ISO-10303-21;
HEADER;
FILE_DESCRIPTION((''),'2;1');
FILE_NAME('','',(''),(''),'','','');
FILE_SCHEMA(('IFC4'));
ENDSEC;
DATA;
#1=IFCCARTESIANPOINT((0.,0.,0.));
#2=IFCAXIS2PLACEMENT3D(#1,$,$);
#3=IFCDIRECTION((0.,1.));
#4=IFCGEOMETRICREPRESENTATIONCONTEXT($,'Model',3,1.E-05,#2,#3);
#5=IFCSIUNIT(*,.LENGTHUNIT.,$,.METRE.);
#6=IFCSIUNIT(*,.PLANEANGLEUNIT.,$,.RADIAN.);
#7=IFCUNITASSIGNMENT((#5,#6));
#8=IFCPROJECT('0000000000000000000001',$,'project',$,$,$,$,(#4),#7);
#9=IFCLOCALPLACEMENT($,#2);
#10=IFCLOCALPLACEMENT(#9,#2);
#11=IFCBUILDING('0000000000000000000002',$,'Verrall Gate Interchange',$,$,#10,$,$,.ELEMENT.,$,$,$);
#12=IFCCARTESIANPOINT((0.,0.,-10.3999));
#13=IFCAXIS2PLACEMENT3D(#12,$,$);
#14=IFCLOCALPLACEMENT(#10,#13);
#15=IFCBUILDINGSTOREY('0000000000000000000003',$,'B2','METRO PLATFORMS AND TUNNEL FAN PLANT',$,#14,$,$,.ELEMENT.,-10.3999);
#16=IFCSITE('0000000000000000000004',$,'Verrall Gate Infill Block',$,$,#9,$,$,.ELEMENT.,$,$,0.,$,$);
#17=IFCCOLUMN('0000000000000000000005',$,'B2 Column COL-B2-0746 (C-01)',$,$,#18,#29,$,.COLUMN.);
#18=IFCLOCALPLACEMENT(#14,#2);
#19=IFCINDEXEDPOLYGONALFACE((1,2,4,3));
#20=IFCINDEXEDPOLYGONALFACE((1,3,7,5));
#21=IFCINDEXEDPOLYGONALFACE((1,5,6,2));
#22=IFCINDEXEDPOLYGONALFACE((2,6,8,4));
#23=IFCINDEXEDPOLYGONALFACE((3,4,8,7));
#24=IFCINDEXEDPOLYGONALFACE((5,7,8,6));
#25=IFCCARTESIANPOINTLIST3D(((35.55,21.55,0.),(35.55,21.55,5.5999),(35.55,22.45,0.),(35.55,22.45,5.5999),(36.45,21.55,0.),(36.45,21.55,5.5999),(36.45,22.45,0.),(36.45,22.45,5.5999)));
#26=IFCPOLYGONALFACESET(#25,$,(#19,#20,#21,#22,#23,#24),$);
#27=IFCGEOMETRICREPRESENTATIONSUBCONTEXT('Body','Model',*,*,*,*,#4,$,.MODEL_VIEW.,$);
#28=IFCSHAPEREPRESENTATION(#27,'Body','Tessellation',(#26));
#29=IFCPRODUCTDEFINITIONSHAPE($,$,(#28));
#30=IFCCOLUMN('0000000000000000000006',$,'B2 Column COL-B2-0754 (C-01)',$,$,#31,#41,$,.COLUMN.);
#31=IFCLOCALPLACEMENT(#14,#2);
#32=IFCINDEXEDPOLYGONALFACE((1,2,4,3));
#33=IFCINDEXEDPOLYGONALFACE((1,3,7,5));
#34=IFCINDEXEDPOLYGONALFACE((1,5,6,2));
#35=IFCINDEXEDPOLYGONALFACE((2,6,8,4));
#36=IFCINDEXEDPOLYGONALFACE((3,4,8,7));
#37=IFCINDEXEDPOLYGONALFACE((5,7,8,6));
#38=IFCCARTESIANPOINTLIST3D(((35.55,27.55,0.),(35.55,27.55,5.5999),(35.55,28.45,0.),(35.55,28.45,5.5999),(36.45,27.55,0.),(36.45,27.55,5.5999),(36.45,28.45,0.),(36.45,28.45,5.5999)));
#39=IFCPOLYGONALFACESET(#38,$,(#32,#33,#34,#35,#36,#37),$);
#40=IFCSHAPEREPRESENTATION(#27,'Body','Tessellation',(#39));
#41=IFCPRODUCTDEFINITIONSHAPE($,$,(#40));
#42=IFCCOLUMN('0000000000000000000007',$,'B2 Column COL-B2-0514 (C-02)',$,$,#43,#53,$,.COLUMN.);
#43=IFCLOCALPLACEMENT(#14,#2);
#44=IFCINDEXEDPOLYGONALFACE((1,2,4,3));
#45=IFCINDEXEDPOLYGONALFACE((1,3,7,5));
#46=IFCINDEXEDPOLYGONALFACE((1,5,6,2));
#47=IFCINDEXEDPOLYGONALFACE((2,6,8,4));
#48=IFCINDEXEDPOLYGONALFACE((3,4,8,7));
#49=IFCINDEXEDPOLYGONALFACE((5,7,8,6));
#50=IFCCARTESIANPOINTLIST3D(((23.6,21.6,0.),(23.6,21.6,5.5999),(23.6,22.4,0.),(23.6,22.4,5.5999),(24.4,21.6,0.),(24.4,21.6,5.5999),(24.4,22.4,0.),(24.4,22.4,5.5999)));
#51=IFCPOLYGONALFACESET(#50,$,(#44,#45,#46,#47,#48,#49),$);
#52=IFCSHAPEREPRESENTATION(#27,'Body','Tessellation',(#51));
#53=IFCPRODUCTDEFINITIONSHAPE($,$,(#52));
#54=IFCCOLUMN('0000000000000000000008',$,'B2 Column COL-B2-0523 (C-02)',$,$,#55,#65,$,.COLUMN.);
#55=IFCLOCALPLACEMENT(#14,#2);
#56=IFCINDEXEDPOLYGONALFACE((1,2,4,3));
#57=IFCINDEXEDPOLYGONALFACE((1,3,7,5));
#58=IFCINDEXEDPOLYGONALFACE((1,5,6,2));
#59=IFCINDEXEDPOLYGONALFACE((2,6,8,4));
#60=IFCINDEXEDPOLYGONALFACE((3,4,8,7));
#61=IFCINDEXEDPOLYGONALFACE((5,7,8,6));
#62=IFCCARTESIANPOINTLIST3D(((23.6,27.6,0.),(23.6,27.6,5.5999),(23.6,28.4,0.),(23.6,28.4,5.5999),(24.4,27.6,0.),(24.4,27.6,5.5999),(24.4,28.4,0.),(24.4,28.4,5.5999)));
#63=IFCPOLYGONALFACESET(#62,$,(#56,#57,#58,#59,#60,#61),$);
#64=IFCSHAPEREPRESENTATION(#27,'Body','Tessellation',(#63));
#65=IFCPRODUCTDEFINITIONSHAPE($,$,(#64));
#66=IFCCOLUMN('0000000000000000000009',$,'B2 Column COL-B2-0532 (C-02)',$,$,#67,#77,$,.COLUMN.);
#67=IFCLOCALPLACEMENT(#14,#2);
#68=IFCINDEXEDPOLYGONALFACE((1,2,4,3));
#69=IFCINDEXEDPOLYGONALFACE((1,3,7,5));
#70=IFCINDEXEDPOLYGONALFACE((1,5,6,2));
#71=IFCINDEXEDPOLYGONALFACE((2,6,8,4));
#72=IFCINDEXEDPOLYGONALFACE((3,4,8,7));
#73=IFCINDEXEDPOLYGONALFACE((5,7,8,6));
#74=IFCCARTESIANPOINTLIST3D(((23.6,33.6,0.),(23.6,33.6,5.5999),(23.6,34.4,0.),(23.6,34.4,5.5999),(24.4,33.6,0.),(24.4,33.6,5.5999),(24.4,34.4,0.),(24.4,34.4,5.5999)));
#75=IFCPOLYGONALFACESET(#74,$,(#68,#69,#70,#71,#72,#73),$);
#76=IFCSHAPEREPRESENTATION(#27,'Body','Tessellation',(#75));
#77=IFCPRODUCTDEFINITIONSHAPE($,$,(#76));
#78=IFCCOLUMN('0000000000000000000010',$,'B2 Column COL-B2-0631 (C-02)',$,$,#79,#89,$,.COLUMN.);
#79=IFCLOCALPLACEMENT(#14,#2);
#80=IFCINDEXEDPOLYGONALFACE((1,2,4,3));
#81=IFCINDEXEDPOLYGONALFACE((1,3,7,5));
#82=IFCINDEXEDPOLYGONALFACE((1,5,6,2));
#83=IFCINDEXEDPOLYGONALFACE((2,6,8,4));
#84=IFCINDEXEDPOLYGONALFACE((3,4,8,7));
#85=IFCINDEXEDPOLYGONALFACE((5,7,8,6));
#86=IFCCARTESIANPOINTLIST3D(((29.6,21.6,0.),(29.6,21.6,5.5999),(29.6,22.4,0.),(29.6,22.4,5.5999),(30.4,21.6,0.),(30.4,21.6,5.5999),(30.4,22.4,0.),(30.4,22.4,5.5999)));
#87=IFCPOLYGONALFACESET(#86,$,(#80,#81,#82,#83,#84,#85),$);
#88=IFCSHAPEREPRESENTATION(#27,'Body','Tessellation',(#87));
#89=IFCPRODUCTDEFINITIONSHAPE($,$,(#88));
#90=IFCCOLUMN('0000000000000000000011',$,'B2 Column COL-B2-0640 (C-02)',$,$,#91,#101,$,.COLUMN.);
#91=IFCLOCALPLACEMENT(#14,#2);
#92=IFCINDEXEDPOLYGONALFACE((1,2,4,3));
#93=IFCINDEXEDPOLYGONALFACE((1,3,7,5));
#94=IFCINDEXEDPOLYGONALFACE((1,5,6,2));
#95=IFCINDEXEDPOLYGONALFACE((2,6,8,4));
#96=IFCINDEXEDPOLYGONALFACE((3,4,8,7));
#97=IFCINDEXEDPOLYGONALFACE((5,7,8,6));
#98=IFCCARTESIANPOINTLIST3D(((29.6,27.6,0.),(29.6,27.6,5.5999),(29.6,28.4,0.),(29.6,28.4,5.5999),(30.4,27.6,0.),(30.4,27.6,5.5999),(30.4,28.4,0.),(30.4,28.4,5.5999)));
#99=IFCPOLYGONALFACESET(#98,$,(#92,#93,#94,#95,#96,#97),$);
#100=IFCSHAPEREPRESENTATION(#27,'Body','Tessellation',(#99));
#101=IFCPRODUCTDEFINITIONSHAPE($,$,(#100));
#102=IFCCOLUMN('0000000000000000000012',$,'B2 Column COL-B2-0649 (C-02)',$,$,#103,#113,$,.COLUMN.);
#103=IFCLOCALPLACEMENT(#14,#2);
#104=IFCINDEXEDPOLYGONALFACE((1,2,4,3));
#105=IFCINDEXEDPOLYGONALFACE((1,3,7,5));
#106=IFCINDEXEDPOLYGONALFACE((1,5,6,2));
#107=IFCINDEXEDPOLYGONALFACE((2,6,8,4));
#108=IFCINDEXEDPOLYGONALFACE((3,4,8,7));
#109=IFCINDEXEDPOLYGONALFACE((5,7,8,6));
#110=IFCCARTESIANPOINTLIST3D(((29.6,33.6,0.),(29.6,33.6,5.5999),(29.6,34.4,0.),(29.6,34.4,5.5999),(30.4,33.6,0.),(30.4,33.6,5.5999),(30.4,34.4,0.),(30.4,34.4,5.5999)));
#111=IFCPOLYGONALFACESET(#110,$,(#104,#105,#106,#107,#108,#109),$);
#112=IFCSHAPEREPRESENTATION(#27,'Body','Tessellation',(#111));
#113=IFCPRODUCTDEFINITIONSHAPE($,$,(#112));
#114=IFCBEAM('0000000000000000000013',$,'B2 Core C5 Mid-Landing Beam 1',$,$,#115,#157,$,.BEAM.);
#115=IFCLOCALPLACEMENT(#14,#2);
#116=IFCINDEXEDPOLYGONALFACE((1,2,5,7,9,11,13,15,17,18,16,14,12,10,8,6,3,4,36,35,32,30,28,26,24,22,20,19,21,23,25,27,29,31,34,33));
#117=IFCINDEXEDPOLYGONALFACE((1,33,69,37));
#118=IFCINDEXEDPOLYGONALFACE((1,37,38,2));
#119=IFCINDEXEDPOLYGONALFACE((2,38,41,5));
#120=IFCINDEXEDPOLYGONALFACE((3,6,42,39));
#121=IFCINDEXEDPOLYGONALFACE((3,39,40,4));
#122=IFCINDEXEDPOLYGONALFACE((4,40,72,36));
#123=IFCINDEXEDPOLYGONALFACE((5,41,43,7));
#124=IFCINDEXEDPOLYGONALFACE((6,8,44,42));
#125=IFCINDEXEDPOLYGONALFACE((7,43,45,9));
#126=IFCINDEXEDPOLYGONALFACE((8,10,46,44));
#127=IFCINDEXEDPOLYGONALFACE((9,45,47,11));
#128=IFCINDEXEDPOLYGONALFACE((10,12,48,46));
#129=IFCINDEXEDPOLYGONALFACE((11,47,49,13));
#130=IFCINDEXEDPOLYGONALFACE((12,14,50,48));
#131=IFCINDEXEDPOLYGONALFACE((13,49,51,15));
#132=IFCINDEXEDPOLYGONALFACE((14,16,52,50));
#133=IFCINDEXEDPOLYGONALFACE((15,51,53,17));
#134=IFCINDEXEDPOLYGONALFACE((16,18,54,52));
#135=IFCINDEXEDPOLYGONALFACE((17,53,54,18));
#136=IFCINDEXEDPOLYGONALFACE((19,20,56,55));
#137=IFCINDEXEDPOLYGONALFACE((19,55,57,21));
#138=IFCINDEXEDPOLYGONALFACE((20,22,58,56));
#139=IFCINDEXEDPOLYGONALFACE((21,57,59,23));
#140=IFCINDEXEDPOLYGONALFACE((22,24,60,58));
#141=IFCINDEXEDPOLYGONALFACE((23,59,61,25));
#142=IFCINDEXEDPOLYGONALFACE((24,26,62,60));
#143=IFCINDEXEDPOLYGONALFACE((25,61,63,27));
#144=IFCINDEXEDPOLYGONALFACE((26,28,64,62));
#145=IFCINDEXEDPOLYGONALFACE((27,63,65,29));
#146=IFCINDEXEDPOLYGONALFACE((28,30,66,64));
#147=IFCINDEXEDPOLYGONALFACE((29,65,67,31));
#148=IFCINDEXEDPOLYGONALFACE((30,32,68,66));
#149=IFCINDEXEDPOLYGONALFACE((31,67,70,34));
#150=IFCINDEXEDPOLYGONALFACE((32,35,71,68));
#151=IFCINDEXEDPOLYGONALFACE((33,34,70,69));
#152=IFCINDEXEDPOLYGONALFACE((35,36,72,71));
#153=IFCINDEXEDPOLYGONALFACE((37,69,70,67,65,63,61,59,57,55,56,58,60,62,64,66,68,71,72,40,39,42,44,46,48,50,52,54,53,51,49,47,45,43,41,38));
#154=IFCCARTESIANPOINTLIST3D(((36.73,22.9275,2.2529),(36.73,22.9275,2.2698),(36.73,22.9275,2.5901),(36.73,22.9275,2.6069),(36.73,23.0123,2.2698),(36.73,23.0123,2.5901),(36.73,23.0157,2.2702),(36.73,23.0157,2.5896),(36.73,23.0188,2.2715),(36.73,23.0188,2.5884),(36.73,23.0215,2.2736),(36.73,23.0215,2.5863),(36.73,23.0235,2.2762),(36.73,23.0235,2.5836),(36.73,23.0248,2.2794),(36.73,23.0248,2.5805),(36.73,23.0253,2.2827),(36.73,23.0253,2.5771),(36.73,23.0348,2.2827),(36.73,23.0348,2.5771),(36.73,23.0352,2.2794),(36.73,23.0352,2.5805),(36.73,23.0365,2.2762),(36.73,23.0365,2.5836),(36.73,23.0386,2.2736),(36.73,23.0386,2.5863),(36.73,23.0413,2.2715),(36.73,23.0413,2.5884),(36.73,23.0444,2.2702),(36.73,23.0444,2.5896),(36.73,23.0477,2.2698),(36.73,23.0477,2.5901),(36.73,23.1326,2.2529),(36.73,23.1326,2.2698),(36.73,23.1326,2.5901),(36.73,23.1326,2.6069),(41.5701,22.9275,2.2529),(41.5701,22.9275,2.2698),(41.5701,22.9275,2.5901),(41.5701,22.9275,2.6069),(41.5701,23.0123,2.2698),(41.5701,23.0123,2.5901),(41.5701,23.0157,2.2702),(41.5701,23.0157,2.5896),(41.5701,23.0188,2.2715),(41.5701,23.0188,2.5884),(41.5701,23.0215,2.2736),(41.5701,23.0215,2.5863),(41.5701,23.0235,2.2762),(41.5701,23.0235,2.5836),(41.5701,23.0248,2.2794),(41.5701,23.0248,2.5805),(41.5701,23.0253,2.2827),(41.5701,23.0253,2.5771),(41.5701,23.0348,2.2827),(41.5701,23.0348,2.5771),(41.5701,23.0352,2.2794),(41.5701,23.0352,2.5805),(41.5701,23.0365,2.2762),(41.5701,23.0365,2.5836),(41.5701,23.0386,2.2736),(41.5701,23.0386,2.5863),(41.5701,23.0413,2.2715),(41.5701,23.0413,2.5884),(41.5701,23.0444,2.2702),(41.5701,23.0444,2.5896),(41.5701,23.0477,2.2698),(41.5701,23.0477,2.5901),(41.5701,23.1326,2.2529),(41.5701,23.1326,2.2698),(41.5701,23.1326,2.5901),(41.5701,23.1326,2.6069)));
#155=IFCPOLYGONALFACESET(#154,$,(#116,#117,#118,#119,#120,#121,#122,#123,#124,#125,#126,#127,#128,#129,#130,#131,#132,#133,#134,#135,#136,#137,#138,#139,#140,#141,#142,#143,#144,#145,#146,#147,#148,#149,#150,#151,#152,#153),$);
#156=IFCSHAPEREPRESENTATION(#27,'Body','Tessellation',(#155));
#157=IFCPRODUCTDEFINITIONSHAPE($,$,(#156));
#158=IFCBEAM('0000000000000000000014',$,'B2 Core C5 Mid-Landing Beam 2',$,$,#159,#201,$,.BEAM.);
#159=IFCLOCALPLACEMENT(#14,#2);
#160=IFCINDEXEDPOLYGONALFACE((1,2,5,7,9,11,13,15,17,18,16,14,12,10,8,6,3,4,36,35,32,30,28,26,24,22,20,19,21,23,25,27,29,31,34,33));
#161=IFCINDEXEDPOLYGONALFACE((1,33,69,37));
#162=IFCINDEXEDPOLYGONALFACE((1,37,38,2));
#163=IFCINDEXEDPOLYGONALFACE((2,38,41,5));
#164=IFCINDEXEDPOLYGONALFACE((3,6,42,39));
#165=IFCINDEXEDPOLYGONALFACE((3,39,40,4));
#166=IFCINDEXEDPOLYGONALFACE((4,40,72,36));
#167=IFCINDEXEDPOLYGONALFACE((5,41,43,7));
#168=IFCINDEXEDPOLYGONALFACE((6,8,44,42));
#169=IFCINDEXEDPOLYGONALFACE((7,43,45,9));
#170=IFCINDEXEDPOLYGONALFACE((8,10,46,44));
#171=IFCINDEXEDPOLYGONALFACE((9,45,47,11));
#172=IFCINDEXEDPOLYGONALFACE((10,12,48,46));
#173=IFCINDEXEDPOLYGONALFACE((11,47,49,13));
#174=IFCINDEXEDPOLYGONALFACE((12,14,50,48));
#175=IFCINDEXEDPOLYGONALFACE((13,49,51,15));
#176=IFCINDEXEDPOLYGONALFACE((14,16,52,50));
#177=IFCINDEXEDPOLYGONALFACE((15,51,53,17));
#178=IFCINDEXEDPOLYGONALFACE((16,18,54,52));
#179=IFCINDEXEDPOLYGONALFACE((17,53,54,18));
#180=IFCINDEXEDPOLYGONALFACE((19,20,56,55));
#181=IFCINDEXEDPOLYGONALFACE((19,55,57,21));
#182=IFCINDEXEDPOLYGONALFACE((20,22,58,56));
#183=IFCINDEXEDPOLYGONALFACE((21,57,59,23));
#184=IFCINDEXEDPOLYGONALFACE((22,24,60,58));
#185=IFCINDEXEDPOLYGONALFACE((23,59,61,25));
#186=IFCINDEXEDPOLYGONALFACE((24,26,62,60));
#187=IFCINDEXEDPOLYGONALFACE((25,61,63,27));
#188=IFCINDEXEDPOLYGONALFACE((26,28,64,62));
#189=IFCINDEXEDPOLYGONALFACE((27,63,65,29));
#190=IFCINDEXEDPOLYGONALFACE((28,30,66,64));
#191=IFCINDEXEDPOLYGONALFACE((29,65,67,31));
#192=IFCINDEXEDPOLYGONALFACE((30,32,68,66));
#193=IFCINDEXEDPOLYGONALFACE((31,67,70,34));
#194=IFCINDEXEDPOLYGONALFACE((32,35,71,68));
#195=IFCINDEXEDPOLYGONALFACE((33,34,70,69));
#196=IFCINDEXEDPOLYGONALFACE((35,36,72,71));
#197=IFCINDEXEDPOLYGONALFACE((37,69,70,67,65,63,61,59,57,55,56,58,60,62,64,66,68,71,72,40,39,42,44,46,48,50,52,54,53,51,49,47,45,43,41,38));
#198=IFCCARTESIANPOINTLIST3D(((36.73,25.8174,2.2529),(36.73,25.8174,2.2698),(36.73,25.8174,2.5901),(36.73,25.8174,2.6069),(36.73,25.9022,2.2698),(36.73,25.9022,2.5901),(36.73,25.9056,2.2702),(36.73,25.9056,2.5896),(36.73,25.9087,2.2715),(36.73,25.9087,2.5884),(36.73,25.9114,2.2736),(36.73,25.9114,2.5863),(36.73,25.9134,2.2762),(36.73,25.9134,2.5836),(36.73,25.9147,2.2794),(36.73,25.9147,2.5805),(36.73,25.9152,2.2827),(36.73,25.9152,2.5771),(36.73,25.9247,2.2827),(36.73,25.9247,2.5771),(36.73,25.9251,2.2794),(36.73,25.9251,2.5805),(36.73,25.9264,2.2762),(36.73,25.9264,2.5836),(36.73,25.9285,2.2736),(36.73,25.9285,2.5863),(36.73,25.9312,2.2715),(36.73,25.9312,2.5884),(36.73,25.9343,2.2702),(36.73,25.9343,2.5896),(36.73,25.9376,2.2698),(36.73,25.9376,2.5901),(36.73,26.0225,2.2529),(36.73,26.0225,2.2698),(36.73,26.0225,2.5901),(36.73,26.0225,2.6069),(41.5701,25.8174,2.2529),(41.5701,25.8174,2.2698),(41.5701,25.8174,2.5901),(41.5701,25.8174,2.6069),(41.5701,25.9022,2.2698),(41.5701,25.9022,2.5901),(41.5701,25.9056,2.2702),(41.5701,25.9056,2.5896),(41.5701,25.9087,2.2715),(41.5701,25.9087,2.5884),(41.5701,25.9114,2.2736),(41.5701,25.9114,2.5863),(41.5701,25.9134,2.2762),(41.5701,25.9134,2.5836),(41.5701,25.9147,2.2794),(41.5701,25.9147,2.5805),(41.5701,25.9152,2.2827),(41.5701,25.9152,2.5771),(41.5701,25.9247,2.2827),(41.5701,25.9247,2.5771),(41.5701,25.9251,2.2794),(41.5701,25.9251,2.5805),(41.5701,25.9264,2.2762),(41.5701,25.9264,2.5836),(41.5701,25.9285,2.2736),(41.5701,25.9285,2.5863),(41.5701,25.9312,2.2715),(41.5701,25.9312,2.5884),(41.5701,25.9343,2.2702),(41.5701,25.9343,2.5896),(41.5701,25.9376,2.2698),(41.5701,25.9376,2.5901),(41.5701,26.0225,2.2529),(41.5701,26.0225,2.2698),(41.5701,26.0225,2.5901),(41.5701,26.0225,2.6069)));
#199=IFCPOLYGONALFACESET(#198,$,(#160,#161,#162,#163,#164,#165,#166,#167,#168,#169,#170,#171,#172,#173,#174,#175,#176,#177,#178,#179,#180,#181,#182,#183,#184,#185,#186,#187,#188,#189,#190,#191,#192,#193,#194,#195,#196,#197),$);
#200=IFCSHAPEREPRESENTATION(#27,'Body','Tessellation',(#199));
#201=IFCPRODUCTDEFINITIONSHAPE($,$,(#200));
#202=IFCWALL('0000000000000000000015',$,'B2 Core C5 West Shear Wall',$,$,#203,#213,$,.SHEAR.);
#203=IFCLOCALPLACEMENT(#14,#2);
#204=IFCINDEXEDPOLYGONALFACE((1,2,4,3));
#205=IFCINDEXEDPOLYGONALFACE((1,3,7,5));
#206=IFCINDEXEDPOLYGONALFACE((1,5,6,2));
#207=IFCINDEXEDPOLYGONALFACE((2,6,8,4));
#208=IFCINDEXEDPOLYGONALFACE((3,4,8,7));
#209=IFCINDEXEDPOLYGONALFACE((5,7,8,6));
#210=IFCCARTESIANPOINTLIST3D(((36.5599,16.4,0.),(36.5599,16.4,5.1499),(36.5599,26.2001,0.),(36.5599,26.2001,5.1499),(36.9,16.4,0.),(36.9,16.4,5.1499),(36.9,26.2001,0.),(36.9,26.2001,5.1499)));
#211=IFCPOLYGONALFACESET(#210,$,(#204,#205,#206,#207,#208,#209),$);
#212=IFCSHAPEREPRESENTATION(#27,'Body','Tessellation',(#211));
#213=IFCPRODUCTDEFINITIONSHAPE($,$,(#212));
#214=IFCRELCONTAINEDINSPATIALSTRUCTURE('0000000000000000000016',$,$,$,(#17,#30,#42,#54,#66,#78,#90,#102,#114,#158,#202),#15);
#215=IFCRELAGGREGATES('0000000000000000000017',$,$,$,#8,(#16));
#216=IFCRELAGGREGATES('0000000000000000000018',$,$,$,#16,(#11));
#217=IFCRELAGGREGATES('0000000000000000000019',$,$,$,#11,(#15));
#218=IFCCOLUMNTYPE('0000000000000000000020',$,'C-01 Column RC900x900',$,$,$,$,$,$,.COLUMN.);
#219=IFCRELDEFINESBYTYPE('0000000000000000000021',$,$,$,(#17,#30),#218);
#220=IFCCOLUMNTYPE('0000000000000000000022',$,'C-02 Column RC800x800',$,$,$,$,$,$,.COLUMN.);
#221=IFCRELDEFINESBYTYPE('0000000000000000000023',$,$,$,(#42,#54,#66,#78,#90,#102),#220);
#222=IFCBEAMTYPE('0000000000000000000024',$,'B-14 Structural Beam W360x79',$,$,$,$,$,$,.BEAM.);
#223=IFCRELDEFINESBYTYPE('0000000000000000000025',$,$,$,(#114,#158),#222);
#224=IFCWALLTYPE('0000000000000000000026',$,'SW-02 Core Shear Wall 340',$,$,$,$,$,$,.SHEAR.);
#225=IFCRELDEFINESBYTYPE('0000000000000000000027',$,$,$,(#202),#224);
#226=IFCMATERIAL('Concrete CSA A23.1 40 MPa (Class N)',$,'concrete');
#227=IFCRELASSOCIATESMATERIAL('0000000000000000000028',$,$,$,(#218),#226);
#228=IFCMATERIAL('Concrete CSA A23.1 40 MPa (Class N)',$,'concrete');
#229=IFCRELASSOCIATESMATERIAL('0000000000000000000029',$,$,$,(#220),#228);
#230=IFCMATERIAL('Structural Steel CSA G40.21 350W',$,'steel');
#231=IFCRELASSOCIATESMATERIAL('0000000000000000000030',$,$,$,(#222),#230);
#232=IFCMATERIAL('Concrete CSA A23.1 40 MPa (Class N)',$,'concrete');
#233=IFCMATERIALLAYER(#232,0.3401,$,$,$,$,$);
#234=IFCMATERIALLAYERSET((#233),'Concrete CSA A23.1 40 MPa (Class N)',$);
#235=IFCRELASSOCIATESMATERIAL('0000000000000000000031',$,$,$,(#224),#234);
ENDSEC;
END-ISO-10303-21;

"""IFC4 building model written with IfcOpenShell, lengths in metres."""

from ifc_helpers import new_model, si_unit, direction, frame, frame_2d, origin, origin_2d, place, context, subcontext, project, spatial, rectangle, i_section, extrude, material, layer, layer_set, material_profile, profile_set, type_object, element, save


model = new_model("IFC4")

# Units and contexts
model_context = context("Model", 3, precision=1e-05, world=origin(), true_north=direction((0.0, 1.0)))
body_context = subcontext(model_context, "Body", "Model", "MODEL_VIEW")
ifc_project = project(units=[si_unit("LENGTHUNIT", "METRE"), si_unit("PLANEANGLEUNIT", "RADIAN")], contexts=[model_context])

# Site, building, storey
site_placement = place(None, origin())
site = spatial("IfcSite", under=ifc_project, at=site_placement, Name="Verrall Gate Infill Block", CompositionType="ELEMENT", RefElevation=0.0)
building_placement = place(site_placement, origin())
building = spatial("IfcBuilding", under=site, at=building_placement, Name="Verrall Gate Interchange", CompositionType="ELEMENT")
storey_placement = place(building_placement, frame((0.0, 0.0, -10.3999)))
storey = spatial("IfcBuildingStorey", under=building, at=storey_placement, Name="B2", Description="METRO PLATFORMS AND TUNNEL FAN PLANT", CompositionType="ELEMENT", Elevation=-10.3999)

# Columns
ifc_material_1 = material(Name="Concrete CSA A23.1 40 MPa (Class N)", Category="concrete")
ifc_material_profile_1 = material_profile(ifc_material_1, rectangle(XDim=0.8999, YDim=0.8999, at=origin_2d()), Name="RC900x900")
ifc_profile_set_1 = profile_set([ifc_material_profile_1], Name="Concrete CSA A23.1 40 MPa (Class N)")
column_type_1 = type_object("IfcColumnType", Name="C-01 Column RC900x900", PredefinedType="COLUMN", material=ifc_profile_set_1)
for number, where, z_axis, x_axis, name in (
    (1, (36.0, 22.0, 0.0), (0.0, 0.0, 1.0), (1.0, 0.0, 0.0), "B2 Column COL-B2-0746 (C-01)"),
    (2, (36.0, 28.0, 0.0), (0.0, 0.0, 1.0), (1.0, 0.0, 0.0), "B2 Column COL-B2-0754 (C-01)"),
):
    element("IfcColumn", number, at=place(storey_placement, frame(where, z_axis=z_axis, x_axis=x_axis)), inside=storey, type_object=column_type_1, Name=name, PredefinedType="COLUMN", context=body_context, shape_type="SweptSolid", body=[
        extrude(rectangle(XDim=0.8999, YDim=0.8999, at=origin_2d()), origin(), (0.0, 0.0, 1.0), 5.5999),
    ])
ifc_material_2 = material(Name="Concrete CSA A23.1 40 MPa (Class N)", Category="concrete")
ifc_material_profile_2 = material_profile(ifc_material_2, rectangle(XDim=0.8, YDim=0.8, at=origin_2d()), Name="RC800x800")
ifc_profile_set_2 = profile_set([ifc_material_profile_2], Name="Concrete CSA A23.1 40 MPa (Class N)")
column_type_2 = type_object("IfcColumnType", Name="C-02 Column RC800x800", PredefinedType="COLUMN", material=ifc_profile_set_2)
for number, where, z_axis, x_axis, name in (
    (3, (24.0, 22.0, 0.0), (0.0, 0.0, 1.0), (1.0, 0.0, 0.0), "B2 Column COL-B2-0514 (C-02)"),
    (4, (24.0, 28.0, 0.0), (0.0, 0.0, 1.0), (1.0, 0.0, 0.0), "B2 Column COL-B2-0523 (C-02)"),
    (5, (24.0, 34.0, 0.0), (0.0, 0.0, 1.0), (1.0, 0.0, 0.0), "B2 Column COL-B2-0532 (C-02)"),
    (6, (30.0, 22.0, 0.0), (0.0, 0.0, 1.0), (1.0, 0.0, 0.0), "B2 Column COL-B2-0631 (C-02)"),
    (7, (30.0, 28.0, 0.0), (0.0, 0.0, 1.0), (1.0, 0.0, 0.0), "B2 Column COL-B2-0640 (C-02)"),
    (8, (30.0, 34.0, 0.0), (0.0, 0.0, 1.0), (1.0, 0.0, 0.0), "B2 Column COL-B2-0649 (C-02)"),
):
    element("IfcColumn", number, at=place(storey_placement, frame(where, z_axis=z_axis, x_axis=x_axis)), inside=storey, type_object=column_type_2, Name=name, PredefinedType="COLUMN", context=body_context, shape_type="SweptSolid", body=[
        extrude(rectangle(XDim=0.8, YDim=0.8, at=origin_2d()), origin(), (0.0, 0.0, 1.0), 5.5999),
    ])

# Beams
ifc_material_3 = material(Name="Structural Steel CSA G40.21 350W", Category="steel")
ifc_material_profile_3 = material_profile(ifc_material_3, i_section(OverallWidth=0.2051, OverallDepth=0.354, WebThickness=0.0095, FlangeThickness=0.0168, FilletRadius=0.0129, at=origin_2d()), Name="W360x79")
ifc_profile_set_3 = profile_set([ifc_material_profile_3], Name="Structural Steel CSA G40.21 350W")
beam_type = type_object("IfcBeamType", Name="B-14 Structural Beam W360x79", PredefinedType="BEAM", material=ifc_profile_set_3)
for number, where, z_axis, x_axis, name in (
    (9, (36.73, 23.03, 2.4299), (1.0, 0.0, 0.0), (0.0, 1.0, 0.0), "B2 Core C5 Mid-Landing Beam 1"),
    (10, (36.73, 25.9199, 2.4299), (1.0, 0.0, 0.0), (0.0, 1.0, 0.0), "B2 Core C5 Mid-Landing Beam 2"),
):
    element("IfcBeam", number, at=place(storey_placement, frame(where, z_axis=z_axis, x_axis=x_axis)), inside=storey, type_object=beam_type, Name=name, PredefinedType="BEAM", context=body_context, shape_type="SweptSolid", body=[
        extrude(i_section(OverallWidth=0.2051, OverallDepth=0.354, WebThickness=0.0095, FlangeThickness=0.0168, FilletRadius=0.0129, at=origin_2d()), origin(), (0.0, 0.0, 1.0), 4.8401),
    ])

# Wall
ifc_material_4 = material(Name="Concrete CSA A23.1 40 MPa (Class N)", Category="concrete")
ifc_layer = layer(ifc_material_4, 0.3401)
ifc_layer_set = layer_set([ifc_layer], Name="Concrete CSA A23.1 40 MPa (Class N)")
wall_type = type_object("IfcWallType", Name="SW-02 Core Shear Wall 340", PredefinedType="SHEAR", material=ifc_layer_set)
wall_placement = place(storey_placement, frame((36.73, 26.2, 0.0), z_axis=(0.0, 0.0, 1.0), x_axis=(0.0, -1.0, 0.0)))
element("IfcWall", 11, at=wall_placement, inside=storey, type_object=wall_type, Name="B2 Core C5 West Shear Wall", PredefinedType="SHEAR", context=body_context, shape_type="SweptSolid", body=[
    extrude(rectangle(XDim=9.8, YDim=0.3401, at=frame_2d((4.8999, 0.0))), origin(), (0.0, 0.0, 1.0), 5.1499),
])

save(model, "model.ifc")
